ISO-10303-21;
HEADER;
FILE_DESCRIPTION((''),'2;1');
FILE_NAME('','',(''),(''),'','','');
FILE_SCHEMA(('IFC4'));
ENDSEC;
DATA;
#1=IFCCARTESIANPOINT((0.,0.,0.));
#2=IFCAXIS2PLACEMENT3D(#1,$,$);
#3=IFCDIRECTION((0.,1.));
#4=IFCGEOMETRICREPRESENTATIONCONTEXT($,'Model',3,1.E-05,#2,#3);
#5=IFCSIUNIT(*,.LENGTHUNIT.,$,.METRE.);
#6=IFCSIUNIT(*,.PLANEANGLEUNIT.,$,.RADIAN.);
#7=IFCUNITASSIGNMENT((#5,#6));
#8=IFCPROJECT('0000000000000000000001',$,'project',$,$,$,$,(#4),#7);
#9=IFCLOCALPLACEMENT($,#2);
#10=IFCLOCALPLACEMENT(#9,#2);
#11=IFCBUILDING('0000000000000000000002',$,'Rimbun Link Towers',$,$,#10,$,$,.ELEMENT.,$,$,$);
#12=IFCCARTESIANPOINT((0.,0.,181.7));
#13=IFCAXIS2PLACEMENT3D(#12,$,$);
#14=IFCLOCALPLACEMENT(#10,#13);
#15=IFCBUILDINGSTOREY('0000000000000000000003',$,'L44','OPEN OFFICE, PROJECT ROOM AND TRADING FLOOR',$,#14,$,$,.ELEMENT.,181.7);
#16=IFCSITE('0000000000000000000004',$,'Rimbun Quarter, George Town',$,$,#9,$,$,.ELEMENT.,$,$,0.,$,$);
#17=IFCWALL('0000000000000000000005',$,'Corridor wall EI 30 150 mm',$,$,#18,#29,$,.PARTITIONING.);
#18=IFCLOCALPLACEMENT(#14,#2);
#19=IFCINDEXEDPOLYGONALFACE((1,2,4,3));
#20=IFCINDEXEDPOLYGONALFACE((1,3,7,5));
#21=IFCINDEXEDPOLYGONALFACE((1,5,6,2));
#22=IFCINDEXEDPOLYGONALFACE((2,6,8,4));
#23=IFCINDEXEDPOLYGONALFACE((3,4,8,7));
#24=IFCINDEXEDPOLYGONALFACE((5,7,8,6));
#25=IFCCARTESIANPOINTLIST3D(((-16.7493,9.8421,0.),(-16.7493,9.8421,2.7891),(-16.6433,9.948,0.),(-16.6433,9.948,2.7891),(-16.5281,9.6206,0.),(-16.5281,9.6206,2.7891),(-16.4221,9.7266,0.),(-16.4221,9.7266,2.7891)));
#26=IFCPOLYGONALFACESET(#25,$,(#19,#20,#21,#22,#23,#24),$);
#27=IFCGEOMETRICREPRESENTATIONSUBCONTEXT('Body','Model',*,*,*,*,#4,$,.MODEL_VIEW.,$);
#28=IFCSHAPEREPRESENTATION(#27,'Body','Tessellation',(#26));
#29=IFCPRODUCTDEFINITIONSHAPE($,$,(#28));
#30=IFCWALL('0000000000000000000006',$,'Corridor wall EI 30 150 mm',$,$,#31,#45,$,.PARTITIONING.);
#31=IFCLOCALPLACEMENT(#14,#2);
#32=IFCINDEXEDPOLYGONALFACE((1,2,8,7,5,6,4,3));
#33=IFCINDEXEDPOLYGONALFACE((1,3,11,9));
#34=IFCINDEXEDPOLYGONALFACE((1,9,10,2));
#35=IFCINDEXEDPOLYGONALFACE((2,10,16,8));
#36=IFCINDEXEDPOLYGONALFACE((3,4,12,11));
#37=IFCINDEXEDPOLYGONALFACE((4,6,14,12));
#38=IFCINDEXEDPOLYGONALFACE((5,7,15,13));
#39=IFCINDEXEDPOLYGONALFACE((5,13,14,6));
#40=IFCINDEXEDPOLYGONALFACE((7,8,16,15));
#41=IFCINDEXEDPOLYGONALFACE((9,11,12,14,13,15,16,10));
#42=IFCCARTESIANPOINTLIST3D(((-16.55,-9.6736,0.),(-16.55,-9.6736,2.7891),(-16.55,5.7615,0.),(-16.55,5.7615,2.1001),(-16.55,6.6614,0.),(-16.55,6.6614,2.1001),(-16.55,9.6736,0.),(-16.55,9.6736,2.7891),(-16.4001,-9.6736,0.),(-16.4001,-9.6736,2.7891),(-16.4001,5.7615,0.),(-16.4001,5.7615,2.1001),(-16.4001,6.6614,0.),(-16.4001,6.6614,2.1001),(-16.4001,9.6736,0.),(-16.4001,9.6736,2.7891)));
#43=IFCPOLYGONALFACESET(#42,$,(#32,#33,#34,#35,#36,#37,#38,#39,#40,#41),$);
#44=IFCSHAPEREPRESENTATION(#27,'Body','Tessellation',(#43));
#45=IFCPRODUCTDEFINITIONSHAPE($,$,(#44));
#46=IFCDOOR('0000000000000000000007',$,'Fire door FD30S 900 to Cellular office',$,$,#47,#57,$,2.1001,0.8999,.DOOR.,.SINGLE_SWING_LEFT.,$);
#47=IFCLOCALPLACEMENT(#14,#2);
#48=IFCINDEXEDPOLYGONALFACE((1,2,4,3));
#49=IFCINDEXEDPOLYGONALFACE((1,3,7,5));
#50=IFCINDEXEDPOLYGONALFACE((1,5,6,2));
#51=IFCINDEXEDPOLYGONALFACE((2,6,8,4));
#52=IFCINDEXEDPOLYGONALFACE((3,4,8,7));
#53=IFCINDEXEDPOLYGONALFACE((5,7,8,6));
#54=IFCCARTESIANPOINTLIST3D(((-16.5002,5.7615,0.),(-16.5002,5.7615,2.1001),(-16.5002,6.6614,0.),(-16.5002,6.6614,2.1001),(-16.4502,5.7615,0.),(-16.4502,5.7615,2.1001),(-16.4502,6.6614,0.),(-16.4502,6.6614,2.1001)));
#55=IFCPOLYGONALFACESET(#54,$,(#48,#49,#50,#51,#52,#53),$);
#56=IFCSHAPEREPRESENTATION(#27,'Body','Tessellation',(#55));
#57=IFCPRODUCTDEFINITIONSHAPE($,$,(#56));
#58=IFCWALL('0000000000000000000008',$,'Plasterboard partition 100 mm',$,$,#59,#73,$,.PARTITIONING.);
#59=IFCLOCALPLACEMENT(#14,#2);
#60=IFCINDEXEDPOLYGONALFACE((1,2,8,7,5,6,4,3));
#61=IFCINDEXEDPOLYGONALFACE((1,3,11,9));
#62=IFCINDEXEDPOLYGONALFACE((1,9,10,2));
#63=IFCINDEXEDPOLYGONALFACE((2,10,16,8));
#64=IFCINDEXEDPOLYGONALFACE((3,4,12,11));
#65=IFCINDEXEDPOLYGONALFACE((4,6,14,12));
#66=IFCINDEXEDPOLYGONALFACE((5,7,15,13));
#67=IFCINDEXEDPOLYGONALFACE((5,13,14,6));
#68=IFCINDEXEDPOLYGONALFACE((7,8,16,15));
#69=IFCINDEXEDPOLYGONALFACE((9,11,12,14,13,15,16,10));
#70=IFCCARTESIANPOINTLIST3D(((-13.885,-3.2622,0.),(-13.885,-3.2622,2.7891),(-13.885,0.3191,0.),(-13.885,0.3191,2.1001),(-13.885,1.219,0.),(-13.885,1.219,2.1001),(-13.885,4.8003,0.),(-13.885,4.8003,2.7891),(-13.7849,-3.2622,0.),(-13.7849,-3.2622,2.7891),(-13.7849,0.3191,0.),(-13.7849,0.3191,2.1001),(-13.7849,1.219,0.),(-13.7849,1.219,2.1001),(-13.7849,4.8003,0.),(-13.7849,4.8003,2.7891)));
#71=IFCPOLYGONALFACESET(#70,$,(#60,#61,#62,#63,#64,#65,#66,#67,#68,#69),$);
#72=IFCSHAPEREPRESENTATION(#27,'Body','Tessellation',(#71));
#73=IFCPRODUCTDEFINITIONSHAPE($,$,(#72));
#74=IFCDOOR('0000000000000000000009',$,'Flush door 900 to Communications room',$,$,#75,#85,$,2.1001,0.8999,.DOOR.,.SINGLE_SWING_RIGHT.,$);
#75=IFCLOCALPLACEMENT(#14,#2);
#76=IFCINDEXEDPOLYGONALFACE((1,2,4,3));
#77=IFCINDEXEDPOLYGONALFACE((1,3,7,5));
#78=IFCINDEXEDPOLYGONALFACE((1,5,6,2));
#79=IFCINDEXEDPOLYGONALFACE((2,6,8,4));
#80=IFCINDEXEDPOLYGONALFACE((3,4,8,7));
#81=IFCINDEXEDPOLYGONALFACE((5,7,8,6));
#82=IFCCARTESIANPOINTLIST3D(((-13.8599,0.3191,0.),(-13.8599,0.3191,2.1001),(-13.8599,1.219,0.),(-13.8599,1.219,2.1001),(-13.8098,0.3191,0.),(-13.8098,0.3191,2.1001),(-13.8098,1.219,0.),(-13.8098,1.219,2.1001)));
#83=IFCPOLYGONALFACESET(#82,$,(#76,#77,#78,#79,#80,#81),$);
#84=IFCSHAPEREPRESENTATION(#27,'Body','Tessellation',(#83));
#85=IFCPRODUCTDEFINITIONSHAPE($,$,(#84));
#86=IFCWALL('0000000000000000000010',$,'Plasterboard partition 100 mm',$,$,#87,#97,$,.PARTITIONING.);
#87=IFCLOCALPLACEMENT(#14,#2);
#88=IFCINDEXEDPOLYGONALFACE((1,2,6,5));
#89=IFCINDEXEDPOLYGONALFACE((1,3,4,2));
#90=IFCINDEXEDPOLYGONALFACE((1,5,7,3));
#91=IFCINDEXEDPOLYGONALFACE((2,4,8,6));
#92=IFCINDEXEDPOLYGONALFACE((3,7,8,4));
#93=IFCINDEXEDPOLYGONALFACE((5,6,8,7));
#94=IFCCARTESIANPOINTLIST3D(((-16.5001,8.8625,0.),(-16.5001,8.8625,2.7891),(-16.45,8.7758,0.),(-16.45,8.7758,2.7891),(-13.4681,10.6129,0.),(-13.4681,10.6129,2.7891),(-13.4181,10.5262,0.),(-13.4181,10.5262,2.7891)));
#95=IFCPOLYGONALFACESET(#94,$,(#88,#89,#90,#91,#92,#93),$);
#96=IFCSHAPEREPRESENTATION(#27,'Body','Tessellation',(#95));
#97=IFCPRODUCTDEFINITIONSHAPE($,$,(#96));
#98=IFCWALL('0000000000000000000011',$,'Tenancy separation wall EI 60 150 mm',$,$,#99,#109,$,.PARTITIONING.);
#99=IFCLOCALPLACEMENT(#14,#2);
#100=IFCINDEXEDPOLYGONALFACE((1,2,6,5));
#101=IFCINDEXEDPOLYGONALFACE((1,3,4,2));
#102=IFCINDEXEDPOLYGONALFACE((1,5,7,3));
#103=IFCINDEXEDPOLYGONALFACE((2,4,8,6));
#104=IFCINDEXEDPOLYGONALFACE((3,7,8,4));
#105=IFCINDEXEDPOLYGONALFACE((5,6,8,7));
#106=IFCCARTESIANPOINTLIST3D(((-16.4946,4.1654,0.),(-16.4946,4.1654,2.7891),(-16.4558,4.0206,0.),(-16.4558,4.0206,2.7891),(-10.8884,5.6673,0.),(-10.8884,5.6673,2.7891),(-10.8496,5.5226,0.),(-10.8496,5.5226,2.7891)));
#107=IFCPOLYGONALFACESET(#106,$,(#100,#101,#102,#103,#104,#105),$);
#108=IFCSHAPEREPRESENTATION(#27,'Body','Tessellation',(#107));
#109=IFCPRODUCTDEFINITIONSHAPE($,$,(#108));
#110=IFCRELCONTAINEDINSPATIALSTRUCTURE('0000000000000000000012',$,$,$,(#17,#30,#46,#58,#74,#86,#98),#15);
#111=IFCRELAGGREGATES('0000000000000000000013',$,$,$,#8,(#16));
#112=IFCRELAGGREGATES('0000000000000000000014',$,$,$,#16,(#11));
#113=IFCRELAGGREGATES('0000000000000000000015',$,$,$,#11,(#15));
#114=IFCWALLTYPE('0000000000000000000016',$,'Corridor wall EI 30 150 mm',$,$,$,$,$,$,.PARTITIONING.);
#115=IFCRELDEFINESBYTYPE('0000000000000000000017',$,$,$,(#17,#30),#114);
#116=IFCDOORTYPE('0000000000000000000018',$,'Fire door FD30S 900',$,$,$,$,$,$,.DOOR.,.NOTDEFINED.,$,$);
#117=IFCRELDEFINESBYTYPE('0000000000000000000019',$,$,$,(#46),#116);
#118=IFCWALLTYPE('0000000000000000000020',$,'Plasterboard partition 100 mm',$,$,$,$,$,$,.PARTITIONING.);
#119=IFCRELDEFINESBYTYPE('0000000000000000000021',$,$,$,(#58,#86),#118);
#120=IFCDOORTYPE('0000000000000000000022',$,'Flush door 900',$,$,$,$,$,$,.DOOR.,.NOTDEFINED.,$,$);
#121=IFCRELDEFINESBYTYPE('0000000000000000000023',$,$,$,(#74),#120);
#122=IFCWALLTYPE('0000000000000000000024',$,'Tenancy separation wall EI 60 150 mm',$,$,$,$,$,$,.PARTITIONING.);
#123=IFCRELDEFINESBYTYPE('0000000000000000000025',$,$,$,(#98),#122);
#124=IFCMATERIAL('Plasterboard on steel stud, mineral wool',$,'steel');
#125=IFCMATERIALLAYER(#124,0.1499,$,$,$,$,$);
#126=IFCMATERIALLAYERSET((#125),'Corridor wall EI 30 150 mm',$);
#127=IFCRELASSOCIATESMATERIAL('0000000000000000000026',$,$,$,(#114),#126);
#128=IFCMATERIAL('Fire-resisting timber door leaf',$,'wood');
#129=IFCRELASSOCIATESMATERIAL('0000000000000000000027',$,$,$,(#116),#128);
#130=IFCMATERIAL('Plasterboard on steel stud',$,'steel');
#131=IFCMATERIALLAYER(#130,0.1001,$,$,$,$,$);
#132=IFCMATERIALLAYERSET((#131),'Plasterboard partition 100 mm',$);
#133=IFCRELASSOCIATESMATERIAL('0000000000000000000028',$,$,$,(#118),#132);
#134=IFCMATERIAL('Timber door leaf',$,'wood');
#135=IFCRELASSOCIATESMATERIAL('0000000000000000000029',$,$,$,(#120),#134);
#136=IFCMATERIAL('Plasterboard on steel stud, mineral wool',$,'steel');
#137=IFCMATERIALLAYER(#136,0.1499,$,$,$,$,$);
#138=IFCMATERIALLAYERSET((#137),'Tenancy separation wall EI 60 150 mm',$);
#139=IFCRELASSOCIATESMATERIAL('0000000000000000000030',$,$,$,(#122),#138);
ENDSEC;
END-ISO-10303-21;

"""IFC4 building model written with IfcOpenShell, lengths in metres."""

from ifc_helpers import new_model, si_unit, direction, frame, frame_2d, origin, place, context, subcontext, project, spatial, rectangle, extrude, material, layer, layer_set, type_object, element, fill, save


model = new_model("IFC4")

# Units and contexts
model_context = context("Model", 3, precision=1e-05, world=origin(), true_north=direction((0.0, 1.0)))
body_context = subcontext(model_context, "Body", "Model", "MODEL_VIEW")
ifc_project = project(units=[si_unit("LENGTHUNIT", "METRE"), si_unit("PLANEANGLEUNIT", "RADIAN")], contexts=[model_context])

# Site, building, storey
site_placement = place(None, origin())
site = spatial("IfcSite", under=ifc_project, at=site_placement, Name="Rimbun Quarter, George Town", CompositionType="ELEMENT", RefElevation=0.0)
building_placement = place(site_placement, origin())
building = spatial("IfcBuilding", under=site, at=building_placement, Name="Rimbun Link Towers", CompositionType="ELEMENT")
storey_placement = place(building_placement, frame((0.0, 0.0, 181.7)))
storey = spatial("IfcBuildingStorey", under=building, at=storey_placement, Name="L44", Description="OPEN OFFICE, PROJECT ROOM AND TRADING FLOOR", CompositionType="ELEMENT", Elevation=181.7)

# Wall
ifc_material_1 = material(Name="Plasterboard on steel stud, mineral wool", Category="steel")
ifc_layer_1 = layer(ifc_material_1, 0.1499)
ifc_layer_set_1 = layer_set([ifc_layer_1], Name="Corridor wall EI 30 150 mm")
wall_type_1 = type_object("IfcWallType", Name="Corridor wall EI 30 150 mm", PredefinedType="PARTITIONING", material=ifc_layer_set_1)
wall_1_placement = place(storey_placement, frame((-16.4751, 9.6736, 0.0), z_axis=(0.0, 0.0, 1.0), x_axis=(-0.706717, 0.707497, 0.0)))
element("IfcWall", 1, at=wall_1_placement, inside=storey, type_object=wall_type_1, Name="Corridor wall EI 30 150 mm", PredefinedType="PARTITIONING", context=body_context, shape_type="SweptSolid", body=[
    extrude(rectangle(XDim=0.313, YDim=0.1499, at=frame_2d((0.1565, 0.0))), origin(), (0.0, 0.0, 1.0), 2.7891),
])

# Walls, openings, doors
wall_2_placement = place(storey_placement, frame((-16.4751, 9.6736, 0.0), z_axis=(0.0, 0.0, 1.0), x_axis=(0.0, -1.0, 0.0)))
wall_2 = element("IfcWall", 2, at=wall_2_placement, inside=storey, type_object=wall_type_1, Name="Corridor wall EI 30 150 mm", PredefinedType="PARTITIONING", context=body_context, shape_type="SweptSolid", body=[
    extrude(rectangle(XDim=19.3472, YDim=0.1499, at=frame_2d((9.6736, 0.0))), origin(), (0.0, 0.0, 1.0), 2.7891),
])
opening_1_placement = place(wall_2_placement, frame((3.0122, 0.0, 0.0)))
opening_1 = element("IfcOpeningElement", 3, at=opening_1_placement, cuts=wall_2, PredefinedType="OPENING", context=body_context, shape_type="SweptSolid", body=[
    extrude(rectangle(XDim=0.8999, YDim=2.1001, at=frame_2d((0.45, 1.05))), frame((0.0, 0.085, 0.0), z_axis=(0.0, -1.0, 0.0), x_axis=(1.0, 0.0, 0.0)), (0.0, 0.0, 1.0), 0.1699),
])
ifc_material_2 = material(Name="Fire-resisting timber door leaf", Category="wood")
door_type_1 = type_object("IfcDoorType", Name="Fire door FD30S 900", OperationType="NOTDEFINED", PredefinedType="DOOR", material=ifc_material_2)
door_1_placement = place(opening_1_placement, origin())
door_1 = element("IfcDoor", 4, at=door_1_placement, inside=storey, type_object=door_type_1, Name="Fire door FD30S 900 to Cellular office", OperationType="SINGLE_SWING_LEFT", OverallHeight=2.1001, OverallWidth=0.8999, PredefinedType="DOOR", context=body_context, shape_type="SweptSolid", body=[
    extrude(rectangle(XDim=0.8999, YDim=2.1001, at=frame_2d((0.45, 1.05))), frame((0.0, 0.0249, 0.0), z_axis=(0.0, -1.0, 0.0), x_axis=(1.0, 0.0, 0.0)), (0.0, 0.0, 1.0), 0.05),
])
fill(opening_1, door_1)
ifc_material_3 = material(Name="Plasterboard on steel stud", Category="steel")
ifc_layer_2 = layer(ifc_material_3, 0.1001)
ifc_layer_set_2 = layer_set([ifc_layer_2], Name="Plasterboard partition 100 mm")
wall_type_2 = type_object("IfcWallType", Name="Plasterboard partition 100 mm", PredefinedType="PARTITIONING", material=ifc_layer_set_2)
wall_3_placement = place(storey_placement, frame((-13.835, -3.2622, 0.0), z_axis=(0.0, 0.0, 1.0), x_axis=(0.0, 1.0, 0.0)))
wall_3 = element("IfcWall", 5, at=wall_3_placement, inside=storey, type_object=wall_type_2, Name="Plasterboard partition 100 mm", PredefinedType="PARTITIONING", context=body_context, shape_type="SweptSolid", body=[
    extrude(rectangle(XDim=8.0625, YDim=0.1001, at=frame_2d((4.0312, 0.0))), origin(), (0.0, 0.0, 1.0), 2.7891),
])
opening_2_placement = place(wall_3_placement, frame((3.5813, 0.0, 0.0)))
opening_2 = element("IfcOpeningElement", 6, at=opening_2_placement, cuts=wall_3, PredefinedType="OPENING", context=body_context, shape_type="SweptSolid", body=[
    extrude(rectangle(XDim=0.8999, YDim=2.1001, at=frame_2d((0.45, 1.05))), frame((0.0, 0.0601, 0.0), z_axis=(0.0, -1.0, 0.0), x_axis=(1.0, 0.0, 0.0)), (0.0, 0.0, 1.0), 0.1201),
])
ifc_material_4 = material(Name="Timber door leaf", Category="wood")
door_type_2 = type_object("IfcDoorType", Name="Flush door 900", OperationType="NOTDEFINED", PredefinedType="DOOR", material=ifc_material_4)
door_2_placement = place(opening_2_placement, origin())
door_2 = element("IfcDoor", 7, at=door_2_placement, inside=storey, type_object=door_type_2, Name="Flush door 900 to Communications room", OperationType="SINGLE_SWING_RIGHT", OverallHeight=2.1001, OverallWidth=0.8999, PredefinedType="DOOR", context=body_context, shape_type="SweptSolid", body=[
    extrude(rectangle(XDim=0.8999, YDim=2.1001, at=frame_2d((0.45, 1.05))), frame((0.0, 0.0249, 0.0), z_axis=(0.0, -1.0, 0.0), x_axis=(1.0, 0.0, 0.0)), (0.0, 0.0, 1.0), 0.05),
])
fill(opening_2, door_2)

# Walls
wall_4_placement = place(storey_placement, frame((-13.4431, 10.5696, 0.0), z_axis=(0.0, 0.0, 1.0), x_axis=(-0.866029, -0.499994, 0.0)))
element("IfcWall", 8, at=wall_4_placement, inside=storey, type_object=wall_type_2, Name="Plasterboard partition 100 mm", PredefinedType="PARTITIONING", context=body_context, shape_type="SweptSolid", body=[
    extrude(rectangle(XDim=3.501, YDim=0.1001, at=frame_2d((1.7505, 0.0))), origin(), (0.0, 0.0, 1.0), 2.7891),
])
ifc_material_5 = material(Name="Plasterboard on steel stud, mineral wool", Category="steel")
ifc_layer_3 = layer(ifc_material_5, 0.1499)
ifc_layer_set_3 = layer_set([ifc_layer_3], Name="Tenancy separation wall EI 60 150 mm")
wall_type_3 = type_object("IfcWallType", Name="Tenancy separation wall EI 60 150 mm", PredefinedType="PARTITIONING", material=ifc_layer_set_3)
wall_5_placement = place(storey_placement, frame((-16.4751, 4.093, 0.0), z_axis=(0.0, 0.0, 1.0), x_axis=(0.965935, 0.258783, 0.0)))
element("IfcWall", 9, at=wall_5_placement, inside=storey, type_object=wall_type_3, Name="Tenancy separation wall EI 60 150 mm", PredefinedType="PARTITIONING", context=body_context, shape_type="SweptSolid", body=[
    extrude(rectangle(XDim=5.804, YDim=0.1499, at=frame_2d((2.9019, 0.0))), origin(), (0.0, 0.0, 1.0), 2.7891),
])

save(model, "model.ifc")
